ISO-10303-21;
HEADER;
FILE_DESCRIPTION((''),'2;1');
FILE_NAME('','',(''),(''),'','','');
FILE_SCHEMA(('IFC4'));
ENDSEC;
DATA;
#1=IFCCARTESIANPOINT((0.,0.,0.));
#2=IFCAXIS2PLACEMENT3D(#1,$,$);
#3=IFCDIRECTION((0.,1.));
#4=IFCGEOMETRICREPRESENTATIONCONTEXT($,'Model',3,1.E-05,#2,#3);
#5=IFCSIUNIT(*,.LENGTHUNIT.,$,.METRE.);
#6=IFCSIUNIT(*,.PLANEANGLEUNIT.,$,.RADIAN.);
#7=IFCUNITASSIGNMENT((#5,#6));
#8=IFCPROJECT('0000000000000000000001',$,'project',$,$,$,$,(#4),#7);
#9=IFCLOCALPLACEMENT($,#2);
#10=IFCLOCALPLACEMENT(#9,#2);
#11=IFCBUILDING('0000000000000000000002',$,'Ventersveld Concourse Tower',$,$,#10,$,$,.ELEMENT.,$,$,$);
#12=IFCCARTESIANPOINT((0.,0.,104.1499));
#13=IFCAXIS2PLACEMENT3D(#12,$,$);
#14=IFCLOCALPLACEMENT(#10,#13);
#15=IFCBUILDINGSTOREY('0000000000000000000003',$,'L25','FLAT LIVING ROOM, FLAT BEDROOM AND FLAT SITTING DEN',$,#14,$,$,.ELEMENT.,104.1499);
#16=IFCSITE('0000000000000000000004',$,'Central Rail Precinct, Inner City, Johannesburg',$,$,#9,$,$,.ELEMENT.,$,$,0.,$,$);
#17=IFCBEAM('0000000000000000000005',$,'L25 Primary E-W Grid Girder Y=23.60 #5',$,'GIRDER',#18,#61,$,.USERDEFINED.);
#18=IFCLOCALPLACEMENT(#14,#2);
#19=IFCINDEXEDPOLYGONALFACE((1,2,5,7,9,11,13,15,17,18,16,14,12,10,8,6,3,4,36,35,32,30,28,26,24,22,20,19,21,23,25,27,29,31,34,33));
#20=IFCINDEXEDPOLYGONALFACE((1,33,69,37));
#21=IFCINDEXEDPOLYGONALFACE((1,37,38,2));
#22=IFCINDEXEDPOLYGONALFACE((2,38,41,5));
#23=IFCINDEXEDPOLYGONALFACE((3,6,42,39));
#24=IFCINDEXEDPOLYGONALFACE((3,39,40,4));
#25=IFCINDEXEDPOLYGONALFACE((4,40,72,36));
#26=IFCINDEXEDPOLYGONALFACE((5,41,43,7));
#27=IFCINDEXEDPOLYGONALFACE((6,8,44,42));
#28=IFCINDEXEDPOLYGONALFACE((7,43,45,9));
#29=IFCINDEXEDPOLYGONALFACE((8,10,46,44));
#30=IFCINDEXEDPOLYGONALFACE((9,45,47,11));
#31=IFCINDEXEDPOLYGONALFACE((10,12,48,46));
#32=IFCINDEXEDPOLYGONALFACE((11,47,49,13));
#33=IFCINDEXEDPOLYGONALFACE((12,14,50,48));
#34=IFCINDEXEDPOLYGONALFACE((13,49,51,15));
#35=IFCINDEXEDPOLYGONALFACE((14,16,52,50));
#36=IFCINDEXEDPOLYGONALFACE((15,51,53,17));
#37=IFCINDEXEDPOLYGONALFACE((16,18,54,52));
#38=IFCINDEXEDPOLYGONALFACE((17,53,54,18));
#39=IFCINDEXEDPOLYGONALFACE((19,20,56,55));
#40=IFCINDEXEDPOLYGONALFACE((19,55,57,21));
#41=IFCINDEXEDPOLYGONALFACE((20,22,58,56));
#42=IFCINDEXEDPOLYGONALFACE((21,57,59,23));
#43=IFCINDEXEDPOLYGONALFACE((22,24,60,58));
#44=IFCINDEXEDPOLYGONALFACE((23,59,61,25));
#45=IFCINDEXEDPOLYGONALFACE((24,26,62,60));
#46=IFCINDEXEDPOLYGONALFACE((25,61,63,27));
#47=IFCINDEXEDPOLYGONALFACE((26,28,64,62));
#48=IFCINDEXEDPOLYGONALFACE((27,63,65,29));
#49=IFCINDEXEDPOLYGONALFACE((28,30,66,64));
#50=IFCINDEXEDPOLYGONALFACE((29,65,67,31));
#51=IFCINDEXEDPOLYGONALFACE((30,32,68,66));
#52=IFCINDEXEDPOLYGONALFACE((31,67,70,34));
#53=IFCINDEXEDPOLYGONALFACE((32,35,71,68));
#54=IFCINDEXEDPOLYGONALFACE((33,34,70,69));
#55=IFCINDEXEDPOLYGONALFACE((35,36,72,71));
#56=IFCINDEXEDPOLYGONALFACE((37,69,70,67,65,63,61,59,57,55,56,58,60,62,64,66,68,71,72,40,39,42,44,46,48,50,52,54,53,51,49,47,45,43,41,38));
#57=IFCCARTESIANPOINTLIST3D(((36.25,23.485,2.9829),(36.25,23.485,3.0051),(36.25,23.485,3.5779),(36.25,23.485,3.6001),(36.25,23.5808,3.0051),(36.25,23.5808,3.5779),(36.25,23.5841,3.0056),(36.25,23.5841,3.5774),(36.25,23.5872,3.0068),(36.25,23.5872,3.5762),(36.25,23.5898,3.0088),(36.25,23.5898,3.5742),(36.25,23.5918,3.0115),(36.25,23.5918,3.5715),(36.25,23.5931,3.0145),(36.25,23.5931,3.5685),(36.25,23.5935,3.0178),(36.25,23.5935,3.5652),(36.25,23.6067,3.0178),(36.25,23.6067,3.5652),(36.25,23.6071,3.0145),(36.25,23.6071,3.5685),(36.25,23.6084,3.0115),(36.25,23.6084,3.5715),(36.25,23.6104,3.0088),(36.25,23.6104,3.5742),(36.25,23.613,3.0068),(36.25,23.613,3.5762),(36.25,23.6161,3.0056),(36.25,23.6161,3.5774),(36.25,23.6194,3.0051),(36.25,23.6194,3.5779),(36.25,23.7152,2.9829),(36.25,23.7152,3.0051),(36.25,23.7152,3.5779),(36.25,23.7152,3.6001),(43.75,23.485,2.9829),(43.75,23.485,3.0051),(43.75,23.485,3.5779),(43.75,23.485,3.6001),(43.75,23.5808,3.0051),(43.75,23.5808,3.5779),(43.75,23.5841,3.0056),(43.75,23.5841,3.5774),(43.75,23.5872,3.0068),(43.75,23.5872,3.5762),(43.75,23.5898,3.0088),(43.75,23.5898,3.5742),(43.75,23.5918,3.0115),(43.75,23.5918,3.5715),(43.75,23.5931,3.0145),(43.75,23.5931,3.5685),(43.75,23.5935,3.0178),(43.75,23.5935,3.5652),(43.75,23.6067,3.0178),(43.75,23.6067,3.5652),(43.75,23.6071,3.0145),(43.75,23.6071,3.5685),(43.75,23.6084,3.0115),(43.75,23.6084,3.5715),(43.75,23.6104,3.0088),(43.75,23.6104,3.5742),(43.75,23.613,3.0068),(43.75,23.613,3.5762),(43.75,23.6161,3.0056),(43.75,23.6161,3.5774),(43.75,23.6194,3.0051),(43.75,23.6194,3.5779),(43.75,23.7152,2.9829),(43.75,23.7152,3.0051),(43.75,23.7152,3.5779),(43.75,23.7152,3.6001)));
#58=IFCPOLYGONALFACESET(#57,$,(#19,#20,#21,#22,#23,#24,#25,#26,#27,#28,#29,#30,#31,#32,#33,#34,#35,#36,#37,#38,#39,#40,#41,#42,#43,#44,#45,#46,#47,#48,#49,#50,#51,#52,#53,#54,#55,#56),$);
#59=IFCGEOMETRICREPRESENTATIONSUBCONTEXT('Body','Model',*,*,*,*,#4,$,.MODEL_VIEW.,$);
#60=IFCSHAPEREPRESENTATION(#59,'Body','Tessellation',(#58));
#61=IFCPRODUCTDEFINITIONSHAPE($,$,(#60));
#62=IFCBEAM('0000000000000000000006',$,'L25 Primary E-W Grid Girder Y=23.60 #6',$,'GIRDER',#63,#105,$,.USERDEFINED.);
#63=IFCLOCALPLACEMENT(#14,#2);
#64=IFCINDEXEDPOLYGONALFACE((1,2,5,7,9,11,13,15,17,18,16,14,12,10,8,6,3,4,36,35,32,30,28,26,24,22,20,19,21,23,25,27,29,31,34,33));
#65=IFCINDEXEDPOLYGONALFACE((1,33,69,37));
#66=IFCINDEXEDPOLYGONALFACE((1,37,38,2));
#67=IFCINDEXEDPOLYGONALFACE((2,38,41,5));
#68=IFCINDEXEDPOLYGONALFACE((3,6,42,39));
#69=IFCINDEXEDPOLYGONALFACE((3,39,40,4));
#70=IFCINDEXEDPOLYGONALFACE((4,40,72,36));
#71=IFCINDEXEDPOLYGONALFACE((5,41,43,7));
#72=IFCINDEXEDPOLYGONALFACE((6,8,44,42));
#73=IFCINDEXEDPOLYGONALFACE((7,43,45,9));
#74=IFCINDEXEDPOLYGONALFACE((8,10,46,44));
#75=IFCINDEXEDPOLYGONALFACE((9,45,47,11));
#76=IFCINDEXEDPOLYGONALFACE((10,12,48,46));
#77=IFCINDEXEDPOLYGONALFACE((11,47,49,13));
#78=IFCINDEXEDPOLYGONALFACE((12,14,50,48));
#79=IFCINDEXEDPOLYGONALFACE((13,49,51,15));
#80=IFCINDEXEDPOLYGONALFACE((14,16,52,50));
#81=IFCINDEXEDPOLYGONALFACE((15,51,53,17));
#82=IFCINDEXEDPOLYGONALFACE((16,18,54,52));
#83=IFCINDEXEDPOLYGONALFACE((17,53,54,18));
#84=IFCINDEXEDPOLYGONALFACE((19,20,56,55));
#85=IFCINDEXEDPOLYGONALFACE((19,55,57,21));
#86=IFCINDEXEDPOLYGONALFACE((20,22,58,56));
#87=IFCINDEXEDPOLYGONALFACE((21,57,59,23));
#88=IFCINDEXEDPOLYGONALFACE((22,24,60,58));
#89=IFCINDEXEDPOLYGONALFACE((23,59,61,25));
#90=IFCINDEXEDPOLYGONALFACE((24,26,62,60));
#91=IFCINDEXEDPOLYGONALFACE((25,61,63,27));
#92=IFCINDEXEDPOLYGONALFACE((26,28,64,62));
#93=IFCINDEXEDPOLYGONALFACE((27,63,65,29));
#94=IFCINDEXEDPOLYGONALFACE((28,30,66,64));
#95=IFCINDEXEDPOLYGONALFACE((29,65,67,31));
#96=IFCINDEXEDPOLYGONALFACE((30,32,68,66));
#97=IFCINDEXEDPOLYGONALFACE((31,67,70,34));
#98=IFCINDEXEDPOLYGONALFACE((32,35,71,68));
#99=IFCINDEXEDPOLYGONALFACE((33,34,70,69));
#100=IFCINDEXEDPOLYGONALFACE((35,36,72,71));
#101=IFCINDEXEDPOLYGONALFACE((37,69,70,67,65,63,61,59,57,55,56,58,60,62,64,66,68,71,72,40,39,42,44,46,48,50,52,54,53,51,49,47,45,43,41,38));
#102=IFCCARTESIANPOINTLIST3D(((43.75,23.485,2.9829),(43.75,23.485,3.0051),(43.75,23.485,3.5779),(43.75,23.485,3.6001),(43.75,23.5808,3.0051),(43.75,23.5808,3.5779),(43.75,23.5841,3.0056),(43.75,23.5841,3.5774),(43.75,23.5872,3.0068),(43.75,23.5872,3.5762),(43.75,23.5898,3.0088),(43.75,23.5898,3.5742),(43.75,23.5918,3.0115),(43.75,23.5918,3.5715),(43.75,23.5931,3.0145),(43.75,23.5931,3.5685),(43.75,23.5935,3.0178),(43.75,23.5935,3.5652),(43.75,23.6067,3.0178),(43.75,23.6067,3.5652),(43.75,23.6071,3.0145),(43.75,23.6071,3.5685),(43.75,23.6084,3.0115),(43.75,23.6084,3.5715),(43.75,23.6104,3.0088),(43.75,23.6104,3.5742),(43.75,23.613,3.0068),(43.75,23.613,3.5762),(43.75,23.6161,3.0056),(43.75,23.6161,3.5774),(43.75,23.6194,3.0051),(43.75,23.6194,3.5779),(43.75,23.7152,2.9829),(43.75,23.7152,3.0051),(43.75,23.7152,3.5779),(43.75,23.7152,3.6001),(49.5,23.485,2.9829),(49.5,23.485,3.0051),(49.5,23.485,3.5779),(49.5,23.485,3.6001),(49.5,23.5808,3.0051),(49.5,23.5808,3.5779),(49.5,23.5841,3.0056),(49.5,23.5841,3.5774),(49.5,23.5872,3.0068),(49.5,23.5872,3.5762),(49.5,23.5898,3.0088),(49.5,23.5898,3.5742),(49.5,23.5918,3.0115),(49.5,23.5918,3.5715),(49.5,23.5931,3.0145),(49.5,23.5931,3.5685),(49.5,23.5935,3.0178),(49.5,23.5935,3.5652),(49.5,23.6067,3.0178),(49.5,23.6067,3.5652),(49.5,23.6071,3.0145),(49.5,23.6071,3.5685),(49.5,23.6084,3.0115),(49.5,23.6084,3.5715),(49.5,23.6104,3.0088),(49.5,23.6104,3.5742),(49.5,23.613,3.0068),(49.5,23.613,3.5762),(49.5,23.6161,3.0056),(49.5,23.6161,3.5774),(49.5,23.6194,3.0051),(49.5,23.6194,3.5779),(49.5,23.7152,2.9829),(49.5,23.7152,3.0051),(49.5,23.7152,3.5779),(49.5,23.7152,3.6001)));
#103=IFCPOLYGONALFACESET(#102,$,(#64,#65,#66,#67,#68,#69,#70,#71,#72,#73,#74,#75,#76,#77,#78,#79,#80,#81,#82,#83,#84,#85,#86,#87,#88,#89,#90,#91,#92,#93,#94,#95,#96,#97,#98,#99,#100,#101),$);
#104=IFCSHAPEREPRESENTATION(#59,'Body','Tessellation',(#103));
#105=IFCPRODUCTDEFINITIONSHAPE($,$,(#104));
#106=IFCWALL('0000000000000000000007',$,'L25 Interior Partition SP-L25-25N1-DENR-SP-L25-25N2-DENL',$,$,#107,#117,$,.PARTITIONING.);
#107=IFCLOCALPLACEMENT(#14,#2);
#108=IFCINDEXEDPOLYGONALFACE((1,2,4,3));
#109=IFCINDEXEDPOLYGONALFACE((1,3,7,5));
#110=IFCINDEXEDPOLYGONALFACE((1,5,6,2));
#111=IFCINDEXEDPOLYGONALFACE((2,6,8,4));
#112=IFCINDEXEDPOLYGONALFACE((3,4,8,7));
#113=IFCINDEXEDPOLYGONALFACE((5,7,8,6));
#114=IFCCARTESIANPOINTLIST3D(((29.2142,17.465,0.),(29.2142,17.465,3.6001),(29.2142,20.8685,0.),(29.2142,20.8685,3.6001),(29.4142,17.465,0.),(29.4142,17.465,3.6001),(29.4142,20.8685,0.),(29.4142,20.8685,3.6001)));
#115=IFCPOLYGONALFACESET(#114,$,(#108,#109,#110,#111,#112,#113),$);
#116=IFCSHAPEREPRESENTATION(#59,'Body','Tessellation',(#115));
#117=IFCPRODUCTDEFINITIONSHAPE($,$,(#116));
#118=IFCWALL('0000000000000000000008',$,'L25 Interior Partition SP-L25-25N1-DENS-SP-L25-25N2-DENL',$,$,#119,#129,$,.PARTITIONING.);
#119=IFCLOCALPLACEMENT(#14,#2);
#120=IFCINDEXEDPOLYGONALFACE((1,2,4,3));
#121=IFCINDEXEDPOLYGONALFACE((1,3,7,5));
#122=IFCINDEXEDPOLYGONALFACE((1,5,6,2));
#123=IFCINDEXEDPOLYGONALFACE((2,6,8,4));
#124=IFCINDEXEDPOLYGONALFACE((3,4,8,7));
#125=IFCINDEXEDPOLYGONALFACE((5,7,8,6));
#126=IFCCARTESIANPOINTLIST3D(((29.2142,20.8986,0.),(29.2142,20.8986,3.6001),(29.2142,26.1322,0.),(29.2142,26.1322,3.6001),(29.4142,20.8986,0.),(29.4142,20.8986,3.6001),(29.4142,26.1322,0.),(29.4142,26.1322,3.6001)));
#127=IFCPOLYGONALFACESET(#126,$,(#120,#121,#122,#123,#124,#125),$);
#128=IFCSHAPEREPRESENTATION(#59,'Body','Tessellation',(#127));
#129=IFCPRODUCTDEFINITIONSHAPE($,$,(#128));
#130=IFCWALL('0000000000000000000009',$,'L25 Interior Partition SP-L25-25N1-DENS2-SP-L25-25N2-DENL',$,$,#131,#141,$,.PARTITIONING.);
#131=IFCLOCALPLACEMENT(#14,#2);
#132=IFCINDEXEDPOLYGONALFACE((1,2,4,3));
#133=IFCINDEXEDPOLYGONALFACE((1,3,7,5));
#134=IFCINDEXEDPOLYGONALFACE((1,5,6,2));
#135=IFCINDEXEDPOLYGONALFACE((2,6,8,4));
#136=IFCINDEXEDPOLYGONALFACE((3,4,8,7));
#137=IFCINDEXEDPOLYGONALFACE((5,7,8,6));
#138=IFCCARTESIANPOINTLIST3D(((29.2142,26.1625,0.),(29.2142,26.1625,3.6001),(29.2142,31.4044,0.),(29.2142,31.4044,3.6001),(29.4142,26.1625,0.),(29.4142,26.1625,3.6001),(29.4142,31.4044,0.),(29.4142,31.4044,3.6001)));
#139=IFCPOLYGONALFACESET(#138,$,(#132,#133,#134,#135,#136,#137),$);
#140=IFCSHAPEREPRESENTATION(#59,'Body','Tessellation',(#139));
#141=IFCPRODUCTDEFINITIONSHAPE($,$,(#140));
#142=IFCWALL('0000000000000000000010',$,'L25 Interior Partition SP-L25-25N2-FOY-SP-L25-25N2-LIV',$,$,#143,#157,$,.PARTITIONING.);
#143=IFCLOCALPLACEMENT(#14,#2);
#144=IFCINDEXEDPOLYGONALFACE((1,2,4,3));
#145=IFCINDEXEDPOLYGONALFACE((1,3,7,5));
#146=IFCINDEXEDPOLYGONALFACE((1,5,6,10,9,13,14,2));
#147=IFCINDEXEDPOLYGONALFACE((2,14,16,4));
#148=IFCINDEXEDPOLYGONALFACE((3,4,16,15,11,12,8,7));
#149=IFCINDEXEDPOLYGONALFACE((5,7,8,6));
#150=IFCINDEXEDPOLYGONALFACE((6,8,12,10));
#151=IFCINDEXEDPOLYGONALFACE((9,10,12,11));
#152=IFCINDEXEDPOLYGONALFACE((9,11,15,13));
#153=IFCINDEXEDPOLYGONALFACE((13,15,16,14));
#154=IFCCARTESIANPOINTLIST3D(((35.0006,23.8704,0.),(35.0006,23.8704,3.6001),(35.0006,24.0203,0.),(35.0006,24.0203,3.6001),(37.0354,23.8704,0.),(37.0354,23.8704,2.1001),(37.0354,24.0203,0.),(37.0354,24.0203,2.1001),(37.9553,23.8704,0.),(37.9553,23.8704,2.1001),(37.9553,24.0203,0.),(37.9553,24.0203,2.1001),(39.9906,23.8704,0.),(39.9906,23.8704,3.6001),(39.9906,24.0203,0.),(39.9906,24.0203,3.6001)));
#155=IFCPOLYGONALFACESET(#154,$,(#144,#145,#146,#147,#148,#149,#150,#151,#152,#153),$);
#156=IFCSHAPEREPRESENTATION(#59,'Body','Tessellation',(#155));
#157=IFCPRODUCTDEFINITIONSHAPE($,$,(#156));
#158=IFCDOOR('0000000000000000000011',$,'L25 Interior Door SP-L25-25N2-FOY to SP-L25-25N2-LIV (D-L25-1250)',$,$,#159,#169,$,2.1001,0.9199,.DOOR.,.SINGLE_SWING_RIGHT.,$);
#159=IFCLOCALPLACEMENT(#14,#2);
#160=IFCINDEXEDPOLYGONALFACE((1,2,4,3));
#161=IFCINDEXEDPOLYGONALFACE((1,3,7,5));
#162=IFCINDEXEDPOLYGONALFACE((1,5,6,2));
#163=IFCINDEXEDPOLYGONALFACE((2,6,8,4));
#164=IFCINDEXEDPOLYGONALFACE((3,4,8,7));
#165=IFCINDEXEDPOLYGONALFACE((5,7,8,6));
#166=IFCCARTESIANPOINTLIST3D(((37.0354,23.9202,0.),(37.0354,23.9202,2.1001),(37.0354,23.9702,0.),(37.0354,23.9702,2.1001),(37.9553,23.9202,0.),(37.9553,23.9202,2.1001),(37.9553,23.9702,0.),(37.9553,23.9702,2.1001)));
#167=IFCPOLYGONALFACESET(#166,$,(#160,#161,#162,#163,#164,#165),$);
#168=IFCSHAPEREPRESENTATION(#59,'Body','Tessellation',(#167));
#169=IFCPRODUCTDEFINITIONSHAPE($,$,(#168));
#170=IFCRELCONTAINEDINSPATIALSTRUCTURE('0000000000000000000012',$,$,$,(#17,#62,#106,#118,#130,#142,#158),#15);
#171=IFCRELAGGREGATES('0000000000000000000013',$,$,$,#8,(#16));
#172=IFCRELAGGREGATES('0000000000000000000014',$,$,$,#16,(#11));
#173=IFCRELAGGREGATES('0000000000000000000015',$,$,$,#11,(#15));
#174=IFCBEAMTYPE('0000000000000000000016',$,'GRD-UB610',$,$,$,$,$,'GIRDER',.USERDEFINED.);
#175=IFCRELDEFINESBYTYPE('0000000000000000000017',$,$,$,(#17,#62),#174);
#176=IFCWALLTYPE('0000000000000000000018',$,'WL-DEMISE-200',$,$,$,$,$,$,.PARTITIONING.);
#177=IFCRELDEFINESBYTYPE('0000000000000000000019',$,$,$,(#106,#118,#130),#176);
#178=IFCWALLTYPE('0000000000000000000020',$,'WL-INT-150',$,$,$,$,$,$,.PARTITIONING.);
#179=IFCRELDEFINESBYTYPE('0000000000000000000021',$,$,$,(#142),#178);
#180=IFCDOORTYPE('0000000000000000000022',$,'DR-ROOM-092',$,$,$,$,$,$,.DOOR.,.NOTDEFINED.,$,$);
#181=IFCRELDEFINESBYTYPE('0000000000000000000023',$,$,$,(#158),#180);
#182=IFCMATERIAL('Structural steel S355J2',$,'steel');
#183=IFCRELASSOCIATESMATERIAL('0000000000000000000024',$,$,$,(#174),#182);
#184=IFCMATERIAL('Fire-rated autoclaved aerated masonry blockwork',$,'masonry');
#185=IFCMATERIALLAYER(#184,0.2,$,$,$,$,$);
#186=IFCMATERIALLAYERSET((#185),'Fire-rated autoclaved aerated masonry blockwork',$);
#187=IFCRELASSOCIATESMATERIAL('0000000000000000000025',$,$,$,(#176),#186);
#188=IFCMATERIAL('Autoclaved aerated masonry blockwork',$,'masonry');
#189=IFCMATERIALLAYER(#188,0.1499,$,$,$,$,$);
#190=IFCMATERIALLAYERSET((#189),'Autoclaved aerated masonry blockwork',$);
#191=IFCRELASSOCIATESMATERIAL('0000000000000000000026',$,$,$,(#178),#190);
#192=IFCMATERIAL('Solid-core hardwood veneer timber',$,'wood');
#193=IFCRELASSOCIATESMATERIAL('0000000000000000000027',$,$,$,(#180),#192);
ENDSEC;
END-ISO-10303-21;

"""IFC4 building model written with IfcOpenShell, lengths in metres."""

from ifc_helpers import new_model, si_unit, direction, frame, frame_2d, origin, origin_2d, place, context, subcontext, project, spatial, rectangle, i_section, extrude, material, layer, layer_set, material_profile, profile_set, type_object, element, fill, save


model = new_model("IFC4")

# Units and contexts
model_context = context("Model", 3, precision=1e-05, world=origin(), true_north=direction((0.0, 1.0)))
body_context = subcontext(model_context, "Body", "Model", "MODEL_VIEW")
ifc_project = project(units=[si_unit("LENGTHUNIT", "METRE"), si_unit("PLANEANGLEUNIT", "RADIAN")], contexts=[model_context])

# Site, building, storey
site_placement = place(None, origin())
site = spatial("IfcSite", under=ifc_project, at=site_placement, Name="Central Rail Precinct, Inner City, Johannesburg", CompositionType="ELEMENT", RefElevation=0.0)
building_placement = place(site_placement, origin())
building = spatial("IfcBuilding", under=site, at=building_placement, Name="Ventersveld Concourse Tower", CompositionType="ELEMENT")
storey_placement = place(building_placement, frame((0.0, 0.0, 104.1499)))
storey = spatial("IfcBuildingStorey", under=building, at=storey_placement, Name="L25", Description="FLAT LIVING ROOM, FLAT BEDROOM AND FLAT SITTING DEN", CompositionType="ELEMENT", Elevation=104.1499)

# Beams
ifc_material_1 = material(Name="Structural steel S355J2", Category="steel")
ifc_material_profile_1 = material_profile(ifc_material_1, i_section(OverallWidth=0.2302, OverallDepth=0.6172, WebThickness=0.0132, FlangeThickness=0.0222, FilletRadius=0.0127, at=origin_2d()), Name="UB 610x229x140")
ifc_profile_set_1 = profile_set([ifc_material_profile_1], Name="Structural steel S355J2")
beam_type_1 = type_object("IfcBeamType", Name="GRD-UB610", ElementType="GIRDER", PredefinedType="USERDEFINED", material=ifc_profile_set_1)
for number, where, z_axis, x_axis, name in (
    (1, (36.25, 23.6001, 3.2915), (1.0, 0.0, 0.0), (0.0, 1.0, 0.0), "L25 Primary E-W Grid Girder Y=23.60 #5"),
):
    element("IfcBeam", number, at=place(storey_placement, frame(where, z_axis=z_axis, x_axis=x_axis)), inside=storey, type_object=beam_type_1, Name=name, ObjectType="GIRDER", PredefinedType="USERDEFINED", context=body_context, shape_type="SweptSolid", body=[
        extrude(i_section(OverallWidth=0.2302, OverallDepth=0.6172, WebThickness=0.0132, FlangeThickness=0.0222, FilletRadius=0.0127, at=origin_2d()), origin(), (0.0, 0.0, 1.0), 7.5),
    ])
beam_placement = place(storey_placement, frame((43.75, 23.6001, 3.2915), z_axis=(1.0, 0.0, 0.0), x_axis=(0.0, 1.0, 0.0)))
element("IfcBeam", 2, at=beam_placement, inside=storey, type_object=beam_type_1, Name="L25 Primary E-W Grid Girder Y=23.60 #6", ObjectType="GIRDER", PredefinedType="USERDEFINED", context=body_context, shape_type="SweptSolid", body=[
    extrude(i_section(OverallWidth=0.2302, OverallDepth=0.6172, WebThickness=0.0132, FlangeThickness=0.0222, FilletRadius=0.0127, at=origin_2d()), origin(), (0.0, 0.0, 1.0), 5.75),
])

# Walls
ifc_material_2 = material(Name="Fire-rated autoclaved aerated masonry blockwork", Category="masonry")
ifc_layer_1 = layer(ifc_material_2, 0.2)
ifc_layer_set_1 = layer_set([ifc_layer_1], Name="Fire-rated autoclaved aerated masonry blockwork")
wall_type_1 = type_object("IfcWallType", Name="WL-DEMISE-200", PredefinedType="PARTITIONING", material=ifc_layer_set_1)
wall_1_placement = place(storey_placement, frame((29.3142, 17.4651, 0.0), z_axis=(0.0, 0.0, 1.0), x_axis=(0.0, 1.0, 0.0)))
element("IfcWall", 3, at=wall_1_placement, inside=storey, type_object=wall_type_1, Name="L25 Interior Partition SP-L25-25N1-DENR-SP-L25-25N2-DENL", PredefinedType="PARTITIONING", context=body_context, shape_type="SweptSolid", body=[
    extrude(rectangle(XDim=3.4036, YDim=0.2, at=frame_2d((1.7017, 0.0))), origin(), (0.0, 0.0, 1.0), 3.6001),
])
wall_2_placement = place(storey_placement, frame((29.3142, 20.8987, 0.0), z_axis=(0.0, 0.0, 1.0), x_axis=(0.0, 1.0, 0.0)))
element("IfcWall", 4, at=wall_2_placement, inside=storey, type_object=wall_type_1, Name="L25 Interior Partition SP-L25-25N1-DENS-SP-L25-25N2-DENL", PredefinedType="PARTITIONING", context=body_context, shape_type="SweptSolid", body=[
    extrude(rectangle(XDim=5.2336, YDim=0.2, at=frame_2d((2.6167, 0.0))), origin(), (0.0, 0.0, 1.0), 3.6001),
])
wall_3_placement = place(storey_placement, frame((29.3142, 26.1624, 0.0), z_axis=(0.0, 0.0, 1.0), x_axis=(0.0, 1.0, 0.0)))
element("IfcWall", 5, at=wall_3_placement, inside=storey, type_object=wall_type_1, Name="L25 Interior Partition SP-L25-25N1-DENS2-SP-L25-25N2-DENL", PredefinedType="PARTITIONING", context=body_context, shape_type="SweptSolid", body=[
    extrude(rectangle(XDim=5.2419, YDim=0.2, at=frame_2d((2.6211, 0.0))), origin(), (0.0, 0.0, 1.0), 3.6001),
])

# Wall, opening, door
ifc_material_3 = material(Name="Autoclaved aerated masonry blockwork", Category="masonry")
ifc_layer_2 = layer(ifc_material_3, 0.1499)
ifc_layer_set_2 = layer_set([ifc_layer_2], Name="Autoclaved aerated masonry blockwork")
wall_type_2 = type_object("IfcWallType", Name="WL-INT-150", PredefinedType="PARTITIONING", material=ifc_layer_set_2)
wall_4_placement = place(storey_placement, frame((35.0005, 23.9453, 0.0), z_axis=(0.0, 0.0, 1.0), x_axis=(1.0, 0.0, 0.0)))
wall_4 = element("IfcWall", 6, at=wall_4_placement, inside=storey, type_object=wall_type_2, Name="L25 Interior Partition SP-L25-25N2-FOY-SP-L25-25N2-LIV", PredefinedType="PARTITIONING", context=body_context, shape_type="SweptSolid", body=[
    extrude(rectangle(XDim=4.99, YDim=0.1499, at=frame_2d((2.4951, 0.0))), origin(), (0.0, 0.0, 1.0), 3.6001),
])
opening_1_placement = place(wall_4_placement, frame((2.0349, 0.0, 0.0)))
opening_1 = element("IfcOpeningElement", 7, at=opening_1_placement, cuts=wall_4, PredefinedType="OPENING", context=body_context, shape_type="SweptSolid", body=[
    extrude(rectangle(XDim=0.9199, YDim=2.1001, at=frame_2d((0.46, 1.05))), frame((0.0, 0.085, 0.0), z_axis=(0.0, -1.0, 0.0), x_axis=(1.0, 0.0, 0.0)), (0.0, 0.0, 1.0), 0.1699),
])
ifc_material_4 = material(Name="Solid-core hardwood veneer timber", Category="wood")
door_type = type_object("IfcDoorType", Name="DR-ROOM-092", OperationType="NOTDEFINED", PredefinedType="DOOR", material=ifc_material_4)
door_1_placement = place(opening_1_placement, origin())
door_1 = element("IfcDoor", 8, at=door_1_placement, inside=storey, type_object=door_type, Name="L25 Interior Door SP-L25-25N2-FOY to SP-L25-25N2-LIV (D-L25-1250)", OperationType="SINGLE_SWING_RIGHT", OverallHeight=2.1001, OverallWidth=0.9199, PredefinedType="DOOR", context=body_context, shape_type="SweptSolid", body=[
    extrude(rectangle(XDim=0.9199, YDim=2.1001, at=frame_2d((0.46, 1.05))), frame((0.0, 0.0249, 0.0), z_axis=(0.0, -1.0, 0.0), x_axis=(1.0, 0.0, 0.0)), (0.0, 0.0, 1.0), 0.05),
])
fill(opening_1, door_1)

save(model, "model.ifc")
